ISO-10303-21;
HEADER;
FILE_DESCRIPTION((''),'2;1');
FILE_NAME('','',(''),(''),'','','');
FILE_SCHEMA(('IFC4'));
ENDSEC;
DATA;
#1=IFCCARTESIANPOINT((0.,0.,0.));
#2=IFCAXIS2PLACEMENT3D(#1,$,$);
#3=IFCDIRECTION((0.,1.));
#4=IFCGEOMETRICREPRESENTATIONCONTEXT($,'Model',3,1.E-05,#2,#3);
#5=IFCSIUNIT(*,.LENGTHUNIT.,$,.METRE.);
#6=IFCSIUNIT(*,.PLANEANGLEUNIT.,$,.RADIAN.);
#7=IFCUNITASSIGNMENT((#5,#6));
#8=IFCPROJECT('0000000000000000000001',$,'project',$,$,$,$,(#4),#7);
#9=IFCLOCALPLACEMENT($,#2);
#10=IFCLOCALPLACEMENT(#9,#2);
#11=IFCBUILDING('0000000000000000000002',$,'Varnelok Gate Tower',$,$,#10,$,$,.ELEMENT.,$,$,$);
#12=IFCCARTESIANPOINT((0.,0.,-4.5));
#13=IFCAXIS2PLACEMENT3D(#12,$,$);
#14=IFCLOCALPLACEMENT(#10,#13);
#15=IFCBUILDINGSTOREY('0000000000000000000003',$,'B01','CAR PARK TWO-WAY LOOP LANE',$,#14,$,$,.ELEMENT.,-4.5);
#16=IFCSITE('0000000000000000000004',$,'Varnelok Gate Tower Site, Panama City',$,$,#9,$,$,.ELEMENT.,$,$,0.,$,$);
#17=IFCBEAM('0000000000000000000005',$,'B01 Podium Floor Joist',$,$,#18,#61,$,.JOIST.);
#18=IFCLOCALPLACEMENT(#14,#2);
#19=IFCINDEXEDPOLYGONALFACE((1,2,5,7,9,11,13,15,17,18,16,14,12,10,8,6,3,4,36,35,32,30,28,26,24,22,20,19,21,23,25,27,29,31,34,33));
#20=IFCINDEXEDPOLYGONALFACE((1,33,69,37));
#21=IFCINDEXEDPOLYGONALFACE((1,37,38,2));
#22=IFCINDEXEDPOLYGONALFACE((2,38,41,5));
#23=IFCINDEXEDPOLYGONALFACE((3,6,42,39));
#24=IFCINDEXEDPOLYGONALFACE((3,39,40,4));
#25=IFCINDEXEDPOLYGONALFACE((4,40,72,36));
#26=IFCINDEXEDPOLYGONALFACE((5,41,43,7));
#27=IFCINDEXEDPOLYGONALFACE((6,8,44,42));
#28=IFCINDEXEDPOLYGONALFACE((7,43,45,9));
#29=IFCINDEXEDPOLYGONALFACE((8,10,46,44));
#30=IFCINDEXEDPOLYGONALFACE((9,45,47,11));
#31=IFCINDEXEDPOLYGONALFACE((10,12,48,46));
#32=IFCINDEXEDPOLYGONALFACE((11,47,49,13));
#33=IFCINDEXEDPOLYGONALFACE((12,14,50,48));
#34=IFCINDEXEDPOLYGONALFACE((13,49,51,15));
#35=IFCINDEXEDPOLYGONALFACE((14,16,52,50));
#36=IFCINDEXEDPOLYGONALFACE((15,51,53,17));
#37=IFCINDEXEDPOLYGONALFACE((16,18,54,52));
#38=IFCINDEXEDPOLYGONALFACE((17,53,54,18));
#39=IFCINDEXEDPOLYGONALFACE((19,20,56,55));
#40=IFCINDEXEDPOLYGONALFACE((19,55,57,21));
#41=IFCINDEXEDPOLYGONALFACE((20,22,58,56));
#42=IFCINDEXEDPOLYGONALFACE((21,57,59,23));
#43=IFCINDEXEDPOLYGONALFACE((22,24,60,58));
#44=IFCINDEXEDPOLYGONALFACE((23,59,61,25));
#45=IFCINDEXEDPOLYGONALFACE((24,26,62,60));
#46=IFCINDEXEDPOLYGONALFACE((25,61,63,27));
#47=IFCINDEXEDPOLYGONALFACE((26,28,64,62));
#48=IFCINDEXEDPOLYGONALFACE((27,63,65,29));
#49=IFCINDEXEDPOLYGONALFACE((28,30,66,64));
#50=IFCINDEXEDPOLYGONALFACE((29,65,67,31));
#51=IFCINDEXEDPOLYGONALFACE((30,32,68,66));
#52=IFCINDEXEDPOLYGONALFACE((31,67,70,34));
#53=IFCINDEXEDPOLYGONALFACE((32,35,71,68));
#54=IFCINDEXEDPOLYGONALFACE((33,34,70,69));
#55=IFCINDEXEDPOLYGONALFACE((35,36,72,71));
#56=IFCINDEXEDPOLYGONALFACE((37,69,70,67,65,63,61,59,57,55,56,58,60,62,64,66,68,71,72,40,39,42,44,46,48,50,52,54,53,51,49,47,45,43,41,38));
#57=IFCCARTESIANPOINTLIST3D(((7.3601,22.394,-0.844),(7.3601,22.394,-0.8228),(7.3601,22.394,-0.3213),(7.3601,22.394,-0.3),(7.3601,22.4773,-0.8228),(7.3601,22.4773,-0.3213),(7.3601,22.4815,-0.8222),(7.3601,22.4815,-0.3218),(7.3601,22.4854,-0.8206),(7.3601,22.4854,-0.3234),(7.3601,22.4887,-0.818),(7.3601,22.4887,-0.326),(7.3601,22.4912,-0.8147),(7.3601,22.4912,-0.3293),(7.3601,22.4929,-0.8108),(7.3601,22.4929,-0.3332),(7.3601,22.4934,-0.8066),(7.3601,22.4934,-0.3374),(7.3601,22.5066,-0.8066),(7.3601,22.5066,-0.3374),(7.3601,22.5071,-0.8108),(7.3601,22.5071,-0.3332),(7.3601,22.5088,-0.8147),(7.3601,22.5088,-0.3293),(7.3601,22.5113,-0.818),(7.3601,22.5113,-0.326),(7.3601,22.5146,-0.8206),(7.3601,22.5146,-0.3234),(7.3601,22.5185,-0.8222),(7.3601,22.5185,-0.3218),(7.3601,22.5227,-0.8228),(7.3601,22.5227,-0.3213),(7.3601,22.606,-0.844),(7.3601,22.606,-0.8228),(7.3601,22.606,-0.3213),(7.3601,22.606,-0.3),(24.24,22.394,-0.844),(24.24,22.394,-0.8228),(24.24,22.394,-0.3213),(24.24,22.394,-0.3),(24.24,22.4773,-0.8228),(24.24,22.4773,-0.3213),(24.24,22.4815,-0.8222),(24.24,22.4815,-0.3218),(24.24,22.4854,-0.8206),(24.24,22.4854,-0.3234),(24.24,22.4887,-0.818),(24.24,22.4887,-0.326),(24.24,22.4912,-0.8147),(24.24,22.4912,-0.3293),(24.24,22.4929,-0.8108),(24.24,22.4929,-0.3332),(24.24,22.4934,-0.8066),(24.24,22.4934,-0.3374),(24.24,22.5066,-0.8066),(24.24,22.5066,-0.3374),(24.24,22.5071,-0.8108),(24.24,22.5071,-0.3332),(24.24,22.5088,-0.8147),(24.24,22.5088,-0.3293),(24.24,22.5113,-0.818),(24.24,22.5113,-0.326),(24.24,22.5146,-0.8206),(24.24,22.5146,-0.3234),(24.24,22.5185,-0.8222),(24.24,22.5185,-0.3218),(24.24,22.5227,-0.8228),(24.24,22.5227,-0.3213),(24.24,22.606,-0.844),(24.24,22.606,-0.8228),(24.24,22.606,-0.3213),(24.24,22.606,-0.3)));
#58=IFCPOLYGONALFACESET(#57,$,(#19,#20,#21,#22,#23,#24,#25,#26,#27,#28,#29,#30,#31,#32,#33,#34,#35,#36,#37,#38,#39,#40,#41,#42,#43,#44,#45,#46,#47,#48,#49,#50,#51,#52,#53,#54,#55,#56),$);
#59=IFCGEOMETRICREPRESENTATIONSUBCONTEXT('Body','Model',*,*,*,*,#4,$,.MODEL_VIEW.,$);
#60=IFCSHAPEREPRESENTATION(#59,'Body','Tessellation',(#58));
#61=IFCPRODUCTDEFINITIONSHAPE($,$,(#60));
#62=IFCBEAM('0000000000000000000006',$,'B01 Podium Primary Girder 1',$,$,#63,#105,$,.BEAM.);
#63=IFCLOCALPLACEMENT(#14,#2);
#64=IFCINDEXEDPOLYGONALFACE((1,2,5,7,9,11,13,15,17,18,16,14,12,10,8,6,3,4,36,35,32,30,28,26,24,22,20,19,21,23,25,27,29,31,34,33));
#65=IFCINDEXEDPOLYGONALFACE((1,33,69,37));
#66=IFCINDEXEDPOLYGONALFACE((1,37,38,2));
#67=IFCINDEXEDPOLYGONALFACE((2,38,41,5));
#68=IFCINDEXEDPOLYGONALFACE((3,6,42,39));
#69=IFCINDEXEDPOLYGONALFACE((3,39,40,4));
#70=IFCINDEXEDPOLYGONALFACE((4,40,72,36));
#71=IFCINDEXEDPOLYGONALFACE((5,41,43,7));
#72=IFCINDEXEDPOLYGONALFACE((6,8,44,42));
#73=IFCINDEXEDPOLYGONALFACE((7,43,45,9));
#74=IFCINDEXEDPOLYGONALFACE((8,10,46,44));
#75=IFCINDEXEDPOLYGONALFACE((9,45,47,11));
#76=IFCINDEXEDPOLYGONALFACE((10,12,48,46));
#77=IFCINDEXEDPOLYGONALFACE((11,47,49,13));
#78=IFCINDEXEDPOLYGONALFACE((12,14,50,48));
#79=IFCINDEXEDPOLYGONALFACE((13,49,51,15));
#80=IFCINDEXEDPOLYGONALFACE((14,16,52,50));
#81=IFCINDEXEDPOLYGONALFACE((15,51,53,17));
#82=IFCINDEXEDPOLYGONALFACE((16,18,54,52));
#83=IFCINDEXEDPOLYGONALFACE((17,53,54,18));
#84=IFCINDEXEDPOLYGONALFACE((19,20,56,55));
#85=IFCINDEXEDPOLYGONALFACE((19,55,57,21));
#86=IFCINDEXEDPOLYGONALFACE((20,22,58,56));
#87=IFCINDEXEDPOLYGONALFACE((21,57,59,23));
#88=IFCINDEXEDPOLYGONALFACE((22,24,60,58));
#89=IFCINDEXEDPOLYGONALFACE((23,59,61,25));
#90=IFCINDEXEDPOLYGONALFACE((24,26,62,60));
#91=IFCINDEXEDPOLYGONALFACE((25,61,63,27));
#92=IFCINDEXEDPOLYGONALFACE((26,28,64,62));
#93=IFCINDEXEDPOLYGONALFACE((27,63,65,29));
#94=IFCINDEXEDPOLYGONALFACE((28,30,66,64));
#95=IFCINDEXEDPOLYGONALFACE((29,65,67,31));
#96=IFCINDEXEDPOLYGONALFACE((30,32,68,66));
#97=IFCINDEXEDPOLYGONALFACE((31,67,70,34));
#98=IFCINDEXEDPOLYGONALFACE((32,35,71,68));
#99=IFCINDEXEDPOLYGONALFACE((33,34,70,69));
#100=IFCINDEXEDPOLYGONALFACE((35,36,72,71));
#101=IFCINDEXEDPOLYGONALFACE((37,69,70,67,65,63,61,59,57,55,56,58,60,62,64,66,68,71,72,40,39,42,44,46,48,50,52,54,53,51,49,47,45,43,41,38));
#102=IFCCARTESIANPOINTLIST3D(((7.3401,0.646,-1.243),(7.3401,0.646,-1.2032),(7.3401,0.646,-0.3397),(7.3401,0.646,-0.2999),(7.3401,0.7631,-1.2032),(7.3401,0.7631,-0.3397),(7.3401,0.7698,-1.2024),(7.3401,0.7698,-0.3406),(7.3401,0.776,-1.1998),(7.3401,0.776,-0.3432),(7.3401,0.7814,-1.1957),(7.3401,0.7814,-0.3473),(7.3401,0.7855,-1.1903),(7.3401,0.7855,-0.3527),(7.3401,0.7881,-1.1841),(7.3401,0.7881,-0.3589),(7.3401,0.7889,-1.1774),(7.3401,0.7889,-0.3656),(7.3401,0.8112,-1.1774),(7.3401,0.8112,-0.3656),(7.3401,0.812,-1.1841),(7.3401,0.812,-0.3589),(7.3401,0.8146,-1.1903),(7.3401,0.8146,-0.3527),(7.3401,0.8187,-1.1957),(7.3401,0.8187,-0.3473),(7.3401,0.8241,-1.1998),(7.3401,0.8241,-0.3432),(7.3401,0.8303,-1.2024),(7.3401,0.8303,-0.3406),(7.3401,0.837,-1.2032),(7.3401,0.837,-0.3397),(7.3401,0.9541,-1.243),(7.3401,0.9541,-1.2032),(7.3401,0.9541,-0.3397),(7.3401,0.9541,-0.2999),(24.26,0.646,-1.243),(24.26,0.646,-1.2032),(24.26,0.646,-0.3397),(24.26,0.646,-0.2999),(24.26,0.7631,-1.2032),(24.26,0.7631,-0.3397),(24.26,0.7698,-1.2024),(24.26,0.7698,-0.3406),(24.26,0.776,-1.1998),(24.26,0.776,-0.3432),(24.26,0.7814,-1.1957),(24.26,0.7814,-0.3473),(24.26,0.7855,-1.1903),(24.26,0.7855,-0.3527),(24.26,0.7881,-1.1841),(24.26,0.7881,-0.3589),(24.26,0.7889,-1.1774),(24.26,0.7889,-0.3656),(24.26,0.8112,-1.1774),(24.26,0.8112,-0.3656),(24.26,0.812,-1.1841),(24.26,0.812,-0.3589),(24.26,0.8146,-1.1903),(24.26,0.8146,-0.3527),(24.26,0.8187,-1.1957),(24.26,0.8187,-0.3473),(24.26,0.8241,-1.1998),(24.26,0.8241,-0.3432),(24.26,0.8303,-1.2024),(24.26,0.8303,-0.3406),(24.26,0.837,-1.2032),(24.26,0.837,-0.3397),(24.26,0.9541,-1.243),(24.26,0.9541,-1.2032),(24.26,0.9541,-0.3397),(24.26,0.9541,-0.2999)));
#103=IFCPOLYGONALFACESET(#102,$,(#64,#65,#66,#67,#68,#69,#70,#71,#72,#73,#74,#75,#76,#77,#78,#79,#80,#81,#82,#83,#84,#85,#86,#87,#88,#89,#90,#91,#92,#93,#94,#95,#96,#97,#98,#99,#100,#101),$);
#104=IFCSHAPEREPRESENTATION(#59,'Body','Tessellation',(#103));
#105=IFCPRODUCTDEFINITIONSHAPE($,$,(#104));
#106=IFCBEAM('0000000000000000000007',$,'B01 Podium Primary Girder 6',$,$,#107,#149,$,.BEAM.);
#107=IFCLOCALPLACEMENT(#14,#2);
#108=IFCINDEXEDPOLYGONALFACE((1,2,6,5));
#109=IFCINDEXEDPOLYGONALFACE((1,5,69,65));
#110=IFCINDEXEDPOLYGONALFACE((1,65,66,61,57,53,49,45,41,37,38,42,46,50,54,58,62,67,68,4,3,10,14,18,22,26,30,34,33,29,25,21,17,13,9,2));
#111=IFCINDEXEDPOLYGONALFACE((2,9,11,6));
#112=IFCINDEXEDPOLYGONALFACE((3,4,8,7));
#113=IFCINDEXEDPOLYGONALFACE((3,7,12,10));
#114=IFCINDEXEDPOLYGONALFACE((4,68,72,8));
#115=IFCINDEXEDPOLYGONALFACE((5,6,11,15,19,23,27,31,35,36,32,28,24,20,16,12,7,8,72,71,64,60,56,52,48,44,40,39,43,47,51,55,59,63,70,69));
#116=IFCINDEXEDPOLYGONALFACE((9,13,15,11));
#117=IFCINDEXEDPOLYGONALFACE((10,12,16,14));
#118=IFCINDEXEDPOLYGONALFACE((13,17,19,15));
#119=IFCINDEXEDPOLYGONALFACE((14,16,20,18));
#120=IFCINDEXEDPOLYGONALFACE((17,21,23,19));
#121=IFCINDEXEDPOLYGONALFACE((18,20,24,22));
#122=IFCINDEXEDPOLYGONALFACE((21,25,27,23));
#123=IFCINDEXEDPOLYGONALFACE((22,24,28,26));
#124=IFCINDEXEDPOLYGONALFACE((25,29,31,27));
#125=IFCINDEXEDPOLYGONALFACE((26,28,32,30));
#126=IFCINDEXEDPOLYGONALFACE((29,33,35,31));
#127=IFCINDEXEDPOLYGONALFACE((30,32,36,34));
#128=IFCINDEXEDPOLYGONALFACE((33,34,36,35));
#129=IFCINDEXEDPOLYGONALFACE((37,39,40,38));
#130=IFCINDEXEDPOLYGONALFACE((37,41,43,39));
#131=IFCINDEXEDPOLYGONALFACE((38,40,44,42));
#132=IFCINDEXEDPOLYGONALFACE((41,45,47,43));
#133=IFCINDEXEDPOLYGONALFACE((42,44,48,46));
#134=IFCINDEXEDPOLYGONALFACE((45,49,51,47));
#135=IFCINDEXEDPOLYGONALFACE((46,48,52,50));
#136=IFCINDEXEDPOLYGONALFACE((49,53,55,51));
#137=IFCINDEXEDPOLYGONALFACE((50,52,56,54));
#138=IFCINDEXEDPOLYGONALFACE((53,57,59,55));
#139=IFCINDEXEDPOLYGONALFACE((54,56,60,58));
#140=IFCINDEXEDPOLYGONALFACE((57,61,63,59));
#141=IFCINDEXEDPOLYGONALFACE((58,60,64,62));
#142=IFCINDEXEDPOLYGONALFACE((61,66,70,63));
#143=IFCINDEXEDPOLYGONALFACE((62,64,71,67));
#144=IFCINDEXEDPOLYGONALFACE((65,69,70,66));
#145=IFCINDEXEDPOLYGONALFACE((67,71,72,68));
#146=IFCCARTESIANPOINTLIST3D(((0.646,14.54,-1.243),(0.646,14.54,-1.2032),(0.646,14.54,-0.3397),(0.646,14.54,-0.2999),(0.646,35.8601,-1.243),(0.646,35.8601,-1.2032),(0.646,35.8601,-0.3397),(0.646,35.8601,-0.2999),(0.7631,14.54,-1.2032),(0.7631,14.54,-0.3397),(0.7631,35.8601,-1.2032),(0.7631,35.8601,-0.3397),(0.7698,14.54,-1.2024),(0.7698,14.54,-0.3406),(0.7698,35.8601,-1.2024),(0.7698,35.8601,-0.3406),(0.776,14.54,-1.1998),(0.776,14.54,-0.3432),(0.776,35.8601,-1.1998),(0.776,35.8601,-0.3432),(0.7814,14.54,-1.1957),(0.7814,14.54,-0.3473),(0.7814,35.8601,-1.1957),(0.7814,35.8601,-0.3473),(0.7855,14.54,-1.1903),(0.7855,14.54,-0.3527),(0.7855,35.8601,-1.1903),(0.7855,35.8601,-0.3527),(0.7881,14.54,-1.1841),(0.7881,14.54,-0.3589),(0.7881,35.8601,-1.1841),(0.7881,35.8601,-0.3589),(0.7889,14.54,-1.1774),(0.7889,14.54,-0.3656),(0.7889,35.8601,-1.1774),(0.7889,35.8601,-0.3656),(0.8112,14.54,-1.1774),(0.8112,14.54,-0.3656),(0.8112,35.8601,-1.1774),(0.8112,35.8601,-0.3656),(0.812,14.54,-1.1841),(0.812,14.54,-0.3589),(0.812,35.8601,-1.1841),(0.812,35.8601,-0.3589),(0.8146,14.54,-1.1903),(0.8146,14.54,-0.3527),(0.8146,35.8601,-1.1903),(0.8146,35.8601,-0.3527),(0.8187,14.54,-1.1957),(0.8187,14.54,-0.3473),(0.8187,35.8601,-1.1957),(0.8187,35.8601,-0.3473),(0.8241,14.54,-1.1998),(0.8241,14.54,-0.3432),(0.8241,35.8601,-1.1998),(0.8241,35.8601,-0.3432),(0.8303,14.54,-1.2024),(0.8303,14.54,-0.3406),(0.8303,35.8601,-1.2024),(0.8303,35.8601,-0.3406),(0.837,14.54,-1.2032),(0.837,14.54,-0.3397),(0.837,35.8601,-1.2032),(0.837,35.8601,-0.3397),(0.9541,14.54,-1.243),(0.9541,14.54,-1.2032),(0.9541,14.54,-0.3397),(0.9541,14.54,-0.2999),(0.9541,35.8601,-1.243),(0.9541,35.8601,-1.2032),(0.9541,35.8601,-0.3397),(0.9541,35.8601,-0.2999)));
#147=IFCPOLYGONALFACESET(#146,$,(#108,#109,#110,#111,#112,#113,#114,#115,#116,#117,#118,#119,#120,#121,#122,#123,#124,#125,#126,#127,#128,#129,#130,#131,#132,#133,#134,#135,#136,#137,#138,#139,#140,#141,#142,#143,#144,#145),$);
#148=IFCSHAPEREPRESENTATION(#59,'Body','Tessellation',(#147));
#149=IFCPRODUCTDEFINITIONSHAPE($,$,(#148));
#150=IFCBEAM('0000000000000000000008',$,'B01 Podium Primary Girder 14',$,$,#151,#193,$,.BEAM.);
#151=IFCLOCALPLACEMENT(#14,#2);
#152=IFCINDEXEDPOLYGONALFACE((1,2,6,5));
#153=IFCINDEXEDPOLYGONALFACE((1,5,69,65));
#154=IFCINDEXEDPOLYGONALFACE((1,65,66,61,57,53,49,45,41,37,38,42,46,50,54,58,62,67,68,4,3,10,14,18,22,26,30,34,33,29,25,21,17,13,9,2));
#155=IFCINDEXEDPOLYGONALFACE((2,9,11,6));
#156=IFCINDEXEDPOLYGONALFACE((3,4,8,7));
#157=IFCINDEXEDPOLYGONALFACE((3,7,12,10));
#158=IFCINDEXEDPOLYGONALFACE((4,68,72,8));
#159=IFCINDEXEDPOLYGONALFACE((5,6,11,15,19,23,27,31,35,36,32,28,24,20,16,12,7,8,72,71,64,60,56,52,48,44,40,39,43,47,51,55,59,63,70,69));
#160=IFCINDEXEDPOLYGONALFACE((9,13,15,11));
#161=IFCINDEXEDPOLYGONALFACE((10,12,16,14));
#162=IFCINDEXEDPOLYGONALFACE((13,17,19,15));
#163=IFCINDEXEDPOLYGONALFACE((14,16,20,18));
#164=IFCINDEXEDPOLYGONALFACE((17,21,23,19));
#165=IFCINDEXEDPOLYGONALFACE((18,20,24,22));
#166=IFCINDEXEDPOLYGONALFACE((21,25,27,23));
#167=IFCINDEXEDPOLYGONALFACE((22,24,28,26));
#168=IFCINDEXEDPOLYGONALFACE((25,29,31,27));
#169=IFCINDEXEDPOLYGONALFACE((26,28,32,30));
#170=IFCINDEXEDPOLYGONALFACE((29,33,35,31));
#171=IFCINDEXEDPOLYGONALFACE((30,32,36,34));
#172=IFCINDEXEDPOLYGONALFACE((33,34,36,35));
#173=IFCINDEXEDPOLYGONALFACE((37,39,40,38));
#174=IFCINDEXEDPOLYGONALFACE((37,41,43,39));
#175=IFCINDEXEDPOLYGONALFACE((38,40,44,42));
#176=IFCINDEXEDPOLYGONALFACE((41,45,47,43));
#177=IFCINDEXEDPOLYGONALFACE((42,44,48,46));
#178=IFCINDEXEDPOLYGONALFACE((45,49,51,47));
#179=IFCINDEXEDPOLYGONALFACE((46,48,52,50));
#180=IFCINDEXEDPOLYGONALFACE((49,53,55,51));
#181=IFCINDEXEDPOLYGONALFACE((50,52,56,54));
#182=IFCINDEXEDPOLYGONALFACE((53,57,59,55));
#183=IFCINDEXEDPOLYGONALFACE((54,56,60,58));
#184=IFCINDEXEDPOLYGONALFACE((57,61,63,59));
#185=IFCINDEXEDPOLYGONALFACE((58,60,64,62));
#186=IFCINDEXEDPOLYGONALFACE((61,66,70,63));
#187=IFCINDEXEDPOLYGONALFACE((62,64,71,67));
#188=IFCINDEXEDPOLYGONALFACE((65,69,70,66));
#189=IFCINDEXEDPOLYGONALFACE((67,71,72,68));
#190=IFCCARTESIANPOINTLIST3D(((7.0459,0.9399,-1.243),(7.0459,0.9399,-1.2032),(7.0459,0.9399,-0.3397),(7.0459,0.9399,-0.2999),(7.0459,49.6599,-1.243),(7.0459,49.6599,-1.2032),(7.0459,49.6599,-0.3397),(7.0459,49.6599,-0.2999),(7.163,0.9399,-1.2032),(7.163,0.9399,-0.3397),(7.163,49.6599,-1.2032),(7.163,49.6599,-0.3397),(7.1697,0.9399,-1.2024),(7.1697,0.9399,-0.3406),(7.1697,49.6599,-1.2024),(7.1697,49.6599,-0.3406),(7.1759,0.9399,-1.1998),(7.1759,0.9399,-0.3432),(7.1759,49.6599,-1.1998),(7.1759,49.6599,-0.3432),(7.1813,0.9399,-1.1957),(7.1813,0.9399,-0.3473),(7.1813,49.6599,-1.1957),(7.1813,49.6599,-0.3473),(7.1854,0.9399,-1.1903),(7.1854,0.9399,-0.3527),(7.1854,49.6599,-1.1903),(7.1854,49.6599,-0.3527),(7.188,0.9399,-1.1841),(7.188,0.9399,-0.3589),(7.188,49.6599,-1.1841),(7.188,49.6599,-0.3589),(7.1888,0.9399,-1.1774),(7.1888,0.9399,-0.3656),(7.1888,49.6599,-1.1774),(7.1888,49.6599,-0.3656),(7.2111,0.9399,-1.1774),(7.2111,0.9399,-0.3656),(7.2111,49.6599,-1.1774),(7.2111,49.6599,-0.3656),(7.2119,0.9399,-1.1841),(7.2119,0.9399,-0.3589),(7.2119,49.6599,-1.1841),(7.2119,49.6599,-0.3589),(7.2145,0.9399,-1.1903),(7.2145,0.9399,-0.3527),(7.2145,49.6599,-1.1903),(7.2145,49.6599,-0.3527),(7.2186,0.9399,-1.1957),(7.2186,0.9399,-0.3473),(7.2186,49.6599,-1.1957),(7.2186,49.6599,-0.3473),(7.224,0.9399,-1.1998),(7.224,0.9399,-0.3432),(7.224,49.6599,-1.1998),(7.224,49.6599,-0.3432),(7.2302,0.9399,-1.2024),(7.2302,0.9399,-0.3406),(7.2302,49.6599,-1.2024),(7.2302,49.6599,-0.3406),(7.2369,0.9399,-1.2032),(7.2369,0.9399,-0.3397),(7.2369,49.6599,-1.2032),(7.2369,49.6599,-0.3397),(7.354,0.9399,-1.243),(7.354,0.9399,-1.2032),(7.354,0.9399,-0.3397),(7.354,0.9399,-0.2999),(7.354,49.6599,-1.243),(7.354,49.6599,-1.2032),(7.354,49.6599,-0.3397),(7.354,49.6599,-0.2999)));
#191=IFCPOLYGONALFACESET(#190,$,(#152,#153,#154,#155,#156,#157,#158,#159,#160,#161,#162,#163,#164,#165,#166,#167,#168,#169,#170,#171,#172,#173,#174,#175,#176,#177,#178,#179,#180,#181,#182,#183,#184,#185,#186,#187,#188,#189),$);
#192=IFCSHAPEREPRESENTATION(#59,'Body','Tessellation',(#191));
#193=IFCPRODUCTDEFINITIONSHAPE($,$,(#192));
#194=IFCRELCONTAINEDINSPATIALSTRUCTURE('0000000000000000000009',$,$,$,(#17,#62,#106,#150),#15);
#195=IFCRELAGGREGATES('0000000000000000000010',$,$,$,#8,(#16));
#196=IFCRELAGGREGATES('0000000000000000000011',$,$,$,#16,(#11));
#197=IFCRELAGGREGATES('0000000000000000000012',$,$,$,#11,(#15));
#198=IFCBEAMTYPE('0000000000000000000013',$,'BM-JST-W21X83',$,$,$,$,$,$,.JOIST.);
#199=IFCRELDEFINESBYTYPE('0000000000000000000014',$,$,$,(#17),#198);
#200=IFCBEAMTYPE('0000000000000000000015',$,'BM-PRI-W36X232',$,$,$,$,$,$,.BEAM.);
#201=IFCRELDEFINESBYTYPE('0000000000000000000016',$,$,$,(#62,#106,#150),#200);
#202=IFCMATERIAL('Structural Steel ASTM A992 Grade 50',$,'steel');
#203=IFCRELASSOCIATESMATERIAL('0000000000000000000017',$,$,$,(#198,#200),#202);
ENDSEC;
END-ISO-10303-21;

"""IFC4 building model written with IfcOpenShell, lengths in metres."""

from ifc_helpers import new_model, si_unit, direction, frame, origin, origin_2d, place, context, subcontext, project, spatial, i_section, extrude, material, material_profile, profile_set, type_object, element, save


model = new_model("IFC4")

# Units and contexts
model_context = context("Model", 3, precision=1e-05, world=origin(), true_north=direction((0.0, 1.0)))
body_context = subcontext(model_context, "Body", "Model", "MODEL_VIEW")
ifc_project = project(units=[si_unit("LENGTHUNIT", "METRE"), si_unit("PLANEANGLEUNIT", "RADIAN")], contexts=[model_context])

# Site, building, storey
site_placement = place(None, origin())
site = spatial("IfcSite", under=ifc_project, at=site_placement, Name="Varnelok Gate Tower Site, Panama City", CompositionType="ELEMENT", RefElevation=0.0)
building_placement = place(site_placement, origin())
building = spatial("IfcBuilding", under=site, at=building_placement, Name="Varnelok Gate Tower", CompositionType="ELEMENT")
storey_placement = place(building_placement, frame((0.0, 0.0, -4.5)))
storey = spatial("IfcBuildingStorey", under=building, at=storey_placement, Name="B01", Description="CAR PARK TWO-WAY LOOP LANE", CompositionType="ELEMENT", Elevation=-4.5)

# Beams
ifc_material_1 = material(Name="Structural Steel ASTM A992 Grade 50", Category="steel")
ifc_material_profile_1 = material_profile(ifc_material_1, i_section(OverallWidth=0.2119, OverallDepth=0.5439, WebThickness=0.0132, FlangeThickness=0.0212, FilletRadius=0.0161, at=origin_2d()), Name="W21X83")
ifc_profile_set_1 = profile_set([ifc_material_profile_1], Name="Structural Steel ASTM A992 Grade 50")
beam_type_1 = type_object("IfcBeamType", Name="BM-JST-W21X83", PredefinedType="JOIST", material=ifc_profile_set_1)
for number, where, z_axis, x_axis, name in (
    (1, (7.3601, 22.5, -0.572), (1.0, 0.0, 0.0), (0.0, 1.0, 0.0), "B01 Podium Floor Joist"),
):
    element("IfcBeam", number, at=place(storey_placement, frame(where, z_axis=z_axis, x_axis=x_axis)), inside=storey, type_object=beam_type_1, Name=name, PredefinedType="JOIST", context=body_context, shape_type="SweptSolid", body=[
        extrude(i_section(OverallWidth=0.2119, OverallDepth=0.5439, WebThickness=0.0132, FlangeThickness=0.0212, FilletRadius=0.0161, at=origin_2d()), origin(), (0.0, 0.0, 1.0), 16.8799),
    ])
ifc_material_profile_2 = material_profile(ifc_material_1, i_section(OverallWidth=0.3081, OverallDepth=0.9431, WebThickness=0.0222, FlangeThickness=0.0398, FilletRadius=0.0259, at=origin_2d()), Name="W36X232")
ifc_profile_set_2 = profile_set([ifc_material_profile_2], Name="Structural Steel ASTM A992 Grade 50")
beam_type_2 = type_object("IfcBeamType", Name="BM-PRI-W36X232", PredefinedType="BEAM", material=ifc_profile_set_2)
beam_1_placement = place(storey_placement, frame((7.3401, 0.8, -0.7715), z_axis=(1.0, 0.0, 0.0), x_axis=(0.0, 1.0, 0.0)))
element("IfcBeam", 2, at=beam_1_placement, inside=storey, type_object=beam_type_2, Name="B01 Podium Primary Girder 1", PredefinedType="BEAM", context=body_context, shape_type="SweptSolid", body=[
    extrude(i_section(OverallWidth=0.3081, OverallDepth=0.9431, WebThickness=0.0222, FlangeThickness=0.0398, FilletRadius=0.0259, at=origin_2d()), origin(), (0.0, 0.0, 1.0), 16.9199),
])
beam_2_placement = place(storey_placement, frame((0.8, 14.54, -0.7715), z_axis=(0.0, 1.0, 0.0), x_axis=(-1.0, 0.0, 0.0)))
element("IfcBeam", 3, at=beam_2_placement, inside=storey, type_object=beam_type_2, Name="B01 Podium Primary Girder 6", PredefinedType="BEAM", context=body_context, shape_type="SweptSolid", body=[
    extrude(i_section(OverallWidth=0.3081, OverallDepth=0.9431, WebThickness=0.0222, FlangeThickness=0.0398, FilletRadius=0.0259, at=origin_2d()), origin(), (0.0, 0.0, 1.0), 21.3201),
])
beam_3_placement = place(storey_placement, frame((7.2, 0.9399, -0.7715), z_axis=(0.0, 1.0, 0.0), x_axis=(-1.0, 0.0, 0.0)))
element("IfcBeam", 4, at=beam_3_placement, inside=storey, type_object=beam_type_2, Name="B01 Podium Primary Girder 14", PredefinedType="BEAM", context=body_context, shape_type="SweptSolid", body=[
    extrude(i_section(OverallWidth=0.3081, OverallDepth=0.9431, WebThickness=0.0222, FlangeThickness=0.0398, FilletRadius=0.0259, at=origin_2d()), origin(), (0.0, 0.0, 1.0), 48.72),
])

save(model, "model.ifc")
